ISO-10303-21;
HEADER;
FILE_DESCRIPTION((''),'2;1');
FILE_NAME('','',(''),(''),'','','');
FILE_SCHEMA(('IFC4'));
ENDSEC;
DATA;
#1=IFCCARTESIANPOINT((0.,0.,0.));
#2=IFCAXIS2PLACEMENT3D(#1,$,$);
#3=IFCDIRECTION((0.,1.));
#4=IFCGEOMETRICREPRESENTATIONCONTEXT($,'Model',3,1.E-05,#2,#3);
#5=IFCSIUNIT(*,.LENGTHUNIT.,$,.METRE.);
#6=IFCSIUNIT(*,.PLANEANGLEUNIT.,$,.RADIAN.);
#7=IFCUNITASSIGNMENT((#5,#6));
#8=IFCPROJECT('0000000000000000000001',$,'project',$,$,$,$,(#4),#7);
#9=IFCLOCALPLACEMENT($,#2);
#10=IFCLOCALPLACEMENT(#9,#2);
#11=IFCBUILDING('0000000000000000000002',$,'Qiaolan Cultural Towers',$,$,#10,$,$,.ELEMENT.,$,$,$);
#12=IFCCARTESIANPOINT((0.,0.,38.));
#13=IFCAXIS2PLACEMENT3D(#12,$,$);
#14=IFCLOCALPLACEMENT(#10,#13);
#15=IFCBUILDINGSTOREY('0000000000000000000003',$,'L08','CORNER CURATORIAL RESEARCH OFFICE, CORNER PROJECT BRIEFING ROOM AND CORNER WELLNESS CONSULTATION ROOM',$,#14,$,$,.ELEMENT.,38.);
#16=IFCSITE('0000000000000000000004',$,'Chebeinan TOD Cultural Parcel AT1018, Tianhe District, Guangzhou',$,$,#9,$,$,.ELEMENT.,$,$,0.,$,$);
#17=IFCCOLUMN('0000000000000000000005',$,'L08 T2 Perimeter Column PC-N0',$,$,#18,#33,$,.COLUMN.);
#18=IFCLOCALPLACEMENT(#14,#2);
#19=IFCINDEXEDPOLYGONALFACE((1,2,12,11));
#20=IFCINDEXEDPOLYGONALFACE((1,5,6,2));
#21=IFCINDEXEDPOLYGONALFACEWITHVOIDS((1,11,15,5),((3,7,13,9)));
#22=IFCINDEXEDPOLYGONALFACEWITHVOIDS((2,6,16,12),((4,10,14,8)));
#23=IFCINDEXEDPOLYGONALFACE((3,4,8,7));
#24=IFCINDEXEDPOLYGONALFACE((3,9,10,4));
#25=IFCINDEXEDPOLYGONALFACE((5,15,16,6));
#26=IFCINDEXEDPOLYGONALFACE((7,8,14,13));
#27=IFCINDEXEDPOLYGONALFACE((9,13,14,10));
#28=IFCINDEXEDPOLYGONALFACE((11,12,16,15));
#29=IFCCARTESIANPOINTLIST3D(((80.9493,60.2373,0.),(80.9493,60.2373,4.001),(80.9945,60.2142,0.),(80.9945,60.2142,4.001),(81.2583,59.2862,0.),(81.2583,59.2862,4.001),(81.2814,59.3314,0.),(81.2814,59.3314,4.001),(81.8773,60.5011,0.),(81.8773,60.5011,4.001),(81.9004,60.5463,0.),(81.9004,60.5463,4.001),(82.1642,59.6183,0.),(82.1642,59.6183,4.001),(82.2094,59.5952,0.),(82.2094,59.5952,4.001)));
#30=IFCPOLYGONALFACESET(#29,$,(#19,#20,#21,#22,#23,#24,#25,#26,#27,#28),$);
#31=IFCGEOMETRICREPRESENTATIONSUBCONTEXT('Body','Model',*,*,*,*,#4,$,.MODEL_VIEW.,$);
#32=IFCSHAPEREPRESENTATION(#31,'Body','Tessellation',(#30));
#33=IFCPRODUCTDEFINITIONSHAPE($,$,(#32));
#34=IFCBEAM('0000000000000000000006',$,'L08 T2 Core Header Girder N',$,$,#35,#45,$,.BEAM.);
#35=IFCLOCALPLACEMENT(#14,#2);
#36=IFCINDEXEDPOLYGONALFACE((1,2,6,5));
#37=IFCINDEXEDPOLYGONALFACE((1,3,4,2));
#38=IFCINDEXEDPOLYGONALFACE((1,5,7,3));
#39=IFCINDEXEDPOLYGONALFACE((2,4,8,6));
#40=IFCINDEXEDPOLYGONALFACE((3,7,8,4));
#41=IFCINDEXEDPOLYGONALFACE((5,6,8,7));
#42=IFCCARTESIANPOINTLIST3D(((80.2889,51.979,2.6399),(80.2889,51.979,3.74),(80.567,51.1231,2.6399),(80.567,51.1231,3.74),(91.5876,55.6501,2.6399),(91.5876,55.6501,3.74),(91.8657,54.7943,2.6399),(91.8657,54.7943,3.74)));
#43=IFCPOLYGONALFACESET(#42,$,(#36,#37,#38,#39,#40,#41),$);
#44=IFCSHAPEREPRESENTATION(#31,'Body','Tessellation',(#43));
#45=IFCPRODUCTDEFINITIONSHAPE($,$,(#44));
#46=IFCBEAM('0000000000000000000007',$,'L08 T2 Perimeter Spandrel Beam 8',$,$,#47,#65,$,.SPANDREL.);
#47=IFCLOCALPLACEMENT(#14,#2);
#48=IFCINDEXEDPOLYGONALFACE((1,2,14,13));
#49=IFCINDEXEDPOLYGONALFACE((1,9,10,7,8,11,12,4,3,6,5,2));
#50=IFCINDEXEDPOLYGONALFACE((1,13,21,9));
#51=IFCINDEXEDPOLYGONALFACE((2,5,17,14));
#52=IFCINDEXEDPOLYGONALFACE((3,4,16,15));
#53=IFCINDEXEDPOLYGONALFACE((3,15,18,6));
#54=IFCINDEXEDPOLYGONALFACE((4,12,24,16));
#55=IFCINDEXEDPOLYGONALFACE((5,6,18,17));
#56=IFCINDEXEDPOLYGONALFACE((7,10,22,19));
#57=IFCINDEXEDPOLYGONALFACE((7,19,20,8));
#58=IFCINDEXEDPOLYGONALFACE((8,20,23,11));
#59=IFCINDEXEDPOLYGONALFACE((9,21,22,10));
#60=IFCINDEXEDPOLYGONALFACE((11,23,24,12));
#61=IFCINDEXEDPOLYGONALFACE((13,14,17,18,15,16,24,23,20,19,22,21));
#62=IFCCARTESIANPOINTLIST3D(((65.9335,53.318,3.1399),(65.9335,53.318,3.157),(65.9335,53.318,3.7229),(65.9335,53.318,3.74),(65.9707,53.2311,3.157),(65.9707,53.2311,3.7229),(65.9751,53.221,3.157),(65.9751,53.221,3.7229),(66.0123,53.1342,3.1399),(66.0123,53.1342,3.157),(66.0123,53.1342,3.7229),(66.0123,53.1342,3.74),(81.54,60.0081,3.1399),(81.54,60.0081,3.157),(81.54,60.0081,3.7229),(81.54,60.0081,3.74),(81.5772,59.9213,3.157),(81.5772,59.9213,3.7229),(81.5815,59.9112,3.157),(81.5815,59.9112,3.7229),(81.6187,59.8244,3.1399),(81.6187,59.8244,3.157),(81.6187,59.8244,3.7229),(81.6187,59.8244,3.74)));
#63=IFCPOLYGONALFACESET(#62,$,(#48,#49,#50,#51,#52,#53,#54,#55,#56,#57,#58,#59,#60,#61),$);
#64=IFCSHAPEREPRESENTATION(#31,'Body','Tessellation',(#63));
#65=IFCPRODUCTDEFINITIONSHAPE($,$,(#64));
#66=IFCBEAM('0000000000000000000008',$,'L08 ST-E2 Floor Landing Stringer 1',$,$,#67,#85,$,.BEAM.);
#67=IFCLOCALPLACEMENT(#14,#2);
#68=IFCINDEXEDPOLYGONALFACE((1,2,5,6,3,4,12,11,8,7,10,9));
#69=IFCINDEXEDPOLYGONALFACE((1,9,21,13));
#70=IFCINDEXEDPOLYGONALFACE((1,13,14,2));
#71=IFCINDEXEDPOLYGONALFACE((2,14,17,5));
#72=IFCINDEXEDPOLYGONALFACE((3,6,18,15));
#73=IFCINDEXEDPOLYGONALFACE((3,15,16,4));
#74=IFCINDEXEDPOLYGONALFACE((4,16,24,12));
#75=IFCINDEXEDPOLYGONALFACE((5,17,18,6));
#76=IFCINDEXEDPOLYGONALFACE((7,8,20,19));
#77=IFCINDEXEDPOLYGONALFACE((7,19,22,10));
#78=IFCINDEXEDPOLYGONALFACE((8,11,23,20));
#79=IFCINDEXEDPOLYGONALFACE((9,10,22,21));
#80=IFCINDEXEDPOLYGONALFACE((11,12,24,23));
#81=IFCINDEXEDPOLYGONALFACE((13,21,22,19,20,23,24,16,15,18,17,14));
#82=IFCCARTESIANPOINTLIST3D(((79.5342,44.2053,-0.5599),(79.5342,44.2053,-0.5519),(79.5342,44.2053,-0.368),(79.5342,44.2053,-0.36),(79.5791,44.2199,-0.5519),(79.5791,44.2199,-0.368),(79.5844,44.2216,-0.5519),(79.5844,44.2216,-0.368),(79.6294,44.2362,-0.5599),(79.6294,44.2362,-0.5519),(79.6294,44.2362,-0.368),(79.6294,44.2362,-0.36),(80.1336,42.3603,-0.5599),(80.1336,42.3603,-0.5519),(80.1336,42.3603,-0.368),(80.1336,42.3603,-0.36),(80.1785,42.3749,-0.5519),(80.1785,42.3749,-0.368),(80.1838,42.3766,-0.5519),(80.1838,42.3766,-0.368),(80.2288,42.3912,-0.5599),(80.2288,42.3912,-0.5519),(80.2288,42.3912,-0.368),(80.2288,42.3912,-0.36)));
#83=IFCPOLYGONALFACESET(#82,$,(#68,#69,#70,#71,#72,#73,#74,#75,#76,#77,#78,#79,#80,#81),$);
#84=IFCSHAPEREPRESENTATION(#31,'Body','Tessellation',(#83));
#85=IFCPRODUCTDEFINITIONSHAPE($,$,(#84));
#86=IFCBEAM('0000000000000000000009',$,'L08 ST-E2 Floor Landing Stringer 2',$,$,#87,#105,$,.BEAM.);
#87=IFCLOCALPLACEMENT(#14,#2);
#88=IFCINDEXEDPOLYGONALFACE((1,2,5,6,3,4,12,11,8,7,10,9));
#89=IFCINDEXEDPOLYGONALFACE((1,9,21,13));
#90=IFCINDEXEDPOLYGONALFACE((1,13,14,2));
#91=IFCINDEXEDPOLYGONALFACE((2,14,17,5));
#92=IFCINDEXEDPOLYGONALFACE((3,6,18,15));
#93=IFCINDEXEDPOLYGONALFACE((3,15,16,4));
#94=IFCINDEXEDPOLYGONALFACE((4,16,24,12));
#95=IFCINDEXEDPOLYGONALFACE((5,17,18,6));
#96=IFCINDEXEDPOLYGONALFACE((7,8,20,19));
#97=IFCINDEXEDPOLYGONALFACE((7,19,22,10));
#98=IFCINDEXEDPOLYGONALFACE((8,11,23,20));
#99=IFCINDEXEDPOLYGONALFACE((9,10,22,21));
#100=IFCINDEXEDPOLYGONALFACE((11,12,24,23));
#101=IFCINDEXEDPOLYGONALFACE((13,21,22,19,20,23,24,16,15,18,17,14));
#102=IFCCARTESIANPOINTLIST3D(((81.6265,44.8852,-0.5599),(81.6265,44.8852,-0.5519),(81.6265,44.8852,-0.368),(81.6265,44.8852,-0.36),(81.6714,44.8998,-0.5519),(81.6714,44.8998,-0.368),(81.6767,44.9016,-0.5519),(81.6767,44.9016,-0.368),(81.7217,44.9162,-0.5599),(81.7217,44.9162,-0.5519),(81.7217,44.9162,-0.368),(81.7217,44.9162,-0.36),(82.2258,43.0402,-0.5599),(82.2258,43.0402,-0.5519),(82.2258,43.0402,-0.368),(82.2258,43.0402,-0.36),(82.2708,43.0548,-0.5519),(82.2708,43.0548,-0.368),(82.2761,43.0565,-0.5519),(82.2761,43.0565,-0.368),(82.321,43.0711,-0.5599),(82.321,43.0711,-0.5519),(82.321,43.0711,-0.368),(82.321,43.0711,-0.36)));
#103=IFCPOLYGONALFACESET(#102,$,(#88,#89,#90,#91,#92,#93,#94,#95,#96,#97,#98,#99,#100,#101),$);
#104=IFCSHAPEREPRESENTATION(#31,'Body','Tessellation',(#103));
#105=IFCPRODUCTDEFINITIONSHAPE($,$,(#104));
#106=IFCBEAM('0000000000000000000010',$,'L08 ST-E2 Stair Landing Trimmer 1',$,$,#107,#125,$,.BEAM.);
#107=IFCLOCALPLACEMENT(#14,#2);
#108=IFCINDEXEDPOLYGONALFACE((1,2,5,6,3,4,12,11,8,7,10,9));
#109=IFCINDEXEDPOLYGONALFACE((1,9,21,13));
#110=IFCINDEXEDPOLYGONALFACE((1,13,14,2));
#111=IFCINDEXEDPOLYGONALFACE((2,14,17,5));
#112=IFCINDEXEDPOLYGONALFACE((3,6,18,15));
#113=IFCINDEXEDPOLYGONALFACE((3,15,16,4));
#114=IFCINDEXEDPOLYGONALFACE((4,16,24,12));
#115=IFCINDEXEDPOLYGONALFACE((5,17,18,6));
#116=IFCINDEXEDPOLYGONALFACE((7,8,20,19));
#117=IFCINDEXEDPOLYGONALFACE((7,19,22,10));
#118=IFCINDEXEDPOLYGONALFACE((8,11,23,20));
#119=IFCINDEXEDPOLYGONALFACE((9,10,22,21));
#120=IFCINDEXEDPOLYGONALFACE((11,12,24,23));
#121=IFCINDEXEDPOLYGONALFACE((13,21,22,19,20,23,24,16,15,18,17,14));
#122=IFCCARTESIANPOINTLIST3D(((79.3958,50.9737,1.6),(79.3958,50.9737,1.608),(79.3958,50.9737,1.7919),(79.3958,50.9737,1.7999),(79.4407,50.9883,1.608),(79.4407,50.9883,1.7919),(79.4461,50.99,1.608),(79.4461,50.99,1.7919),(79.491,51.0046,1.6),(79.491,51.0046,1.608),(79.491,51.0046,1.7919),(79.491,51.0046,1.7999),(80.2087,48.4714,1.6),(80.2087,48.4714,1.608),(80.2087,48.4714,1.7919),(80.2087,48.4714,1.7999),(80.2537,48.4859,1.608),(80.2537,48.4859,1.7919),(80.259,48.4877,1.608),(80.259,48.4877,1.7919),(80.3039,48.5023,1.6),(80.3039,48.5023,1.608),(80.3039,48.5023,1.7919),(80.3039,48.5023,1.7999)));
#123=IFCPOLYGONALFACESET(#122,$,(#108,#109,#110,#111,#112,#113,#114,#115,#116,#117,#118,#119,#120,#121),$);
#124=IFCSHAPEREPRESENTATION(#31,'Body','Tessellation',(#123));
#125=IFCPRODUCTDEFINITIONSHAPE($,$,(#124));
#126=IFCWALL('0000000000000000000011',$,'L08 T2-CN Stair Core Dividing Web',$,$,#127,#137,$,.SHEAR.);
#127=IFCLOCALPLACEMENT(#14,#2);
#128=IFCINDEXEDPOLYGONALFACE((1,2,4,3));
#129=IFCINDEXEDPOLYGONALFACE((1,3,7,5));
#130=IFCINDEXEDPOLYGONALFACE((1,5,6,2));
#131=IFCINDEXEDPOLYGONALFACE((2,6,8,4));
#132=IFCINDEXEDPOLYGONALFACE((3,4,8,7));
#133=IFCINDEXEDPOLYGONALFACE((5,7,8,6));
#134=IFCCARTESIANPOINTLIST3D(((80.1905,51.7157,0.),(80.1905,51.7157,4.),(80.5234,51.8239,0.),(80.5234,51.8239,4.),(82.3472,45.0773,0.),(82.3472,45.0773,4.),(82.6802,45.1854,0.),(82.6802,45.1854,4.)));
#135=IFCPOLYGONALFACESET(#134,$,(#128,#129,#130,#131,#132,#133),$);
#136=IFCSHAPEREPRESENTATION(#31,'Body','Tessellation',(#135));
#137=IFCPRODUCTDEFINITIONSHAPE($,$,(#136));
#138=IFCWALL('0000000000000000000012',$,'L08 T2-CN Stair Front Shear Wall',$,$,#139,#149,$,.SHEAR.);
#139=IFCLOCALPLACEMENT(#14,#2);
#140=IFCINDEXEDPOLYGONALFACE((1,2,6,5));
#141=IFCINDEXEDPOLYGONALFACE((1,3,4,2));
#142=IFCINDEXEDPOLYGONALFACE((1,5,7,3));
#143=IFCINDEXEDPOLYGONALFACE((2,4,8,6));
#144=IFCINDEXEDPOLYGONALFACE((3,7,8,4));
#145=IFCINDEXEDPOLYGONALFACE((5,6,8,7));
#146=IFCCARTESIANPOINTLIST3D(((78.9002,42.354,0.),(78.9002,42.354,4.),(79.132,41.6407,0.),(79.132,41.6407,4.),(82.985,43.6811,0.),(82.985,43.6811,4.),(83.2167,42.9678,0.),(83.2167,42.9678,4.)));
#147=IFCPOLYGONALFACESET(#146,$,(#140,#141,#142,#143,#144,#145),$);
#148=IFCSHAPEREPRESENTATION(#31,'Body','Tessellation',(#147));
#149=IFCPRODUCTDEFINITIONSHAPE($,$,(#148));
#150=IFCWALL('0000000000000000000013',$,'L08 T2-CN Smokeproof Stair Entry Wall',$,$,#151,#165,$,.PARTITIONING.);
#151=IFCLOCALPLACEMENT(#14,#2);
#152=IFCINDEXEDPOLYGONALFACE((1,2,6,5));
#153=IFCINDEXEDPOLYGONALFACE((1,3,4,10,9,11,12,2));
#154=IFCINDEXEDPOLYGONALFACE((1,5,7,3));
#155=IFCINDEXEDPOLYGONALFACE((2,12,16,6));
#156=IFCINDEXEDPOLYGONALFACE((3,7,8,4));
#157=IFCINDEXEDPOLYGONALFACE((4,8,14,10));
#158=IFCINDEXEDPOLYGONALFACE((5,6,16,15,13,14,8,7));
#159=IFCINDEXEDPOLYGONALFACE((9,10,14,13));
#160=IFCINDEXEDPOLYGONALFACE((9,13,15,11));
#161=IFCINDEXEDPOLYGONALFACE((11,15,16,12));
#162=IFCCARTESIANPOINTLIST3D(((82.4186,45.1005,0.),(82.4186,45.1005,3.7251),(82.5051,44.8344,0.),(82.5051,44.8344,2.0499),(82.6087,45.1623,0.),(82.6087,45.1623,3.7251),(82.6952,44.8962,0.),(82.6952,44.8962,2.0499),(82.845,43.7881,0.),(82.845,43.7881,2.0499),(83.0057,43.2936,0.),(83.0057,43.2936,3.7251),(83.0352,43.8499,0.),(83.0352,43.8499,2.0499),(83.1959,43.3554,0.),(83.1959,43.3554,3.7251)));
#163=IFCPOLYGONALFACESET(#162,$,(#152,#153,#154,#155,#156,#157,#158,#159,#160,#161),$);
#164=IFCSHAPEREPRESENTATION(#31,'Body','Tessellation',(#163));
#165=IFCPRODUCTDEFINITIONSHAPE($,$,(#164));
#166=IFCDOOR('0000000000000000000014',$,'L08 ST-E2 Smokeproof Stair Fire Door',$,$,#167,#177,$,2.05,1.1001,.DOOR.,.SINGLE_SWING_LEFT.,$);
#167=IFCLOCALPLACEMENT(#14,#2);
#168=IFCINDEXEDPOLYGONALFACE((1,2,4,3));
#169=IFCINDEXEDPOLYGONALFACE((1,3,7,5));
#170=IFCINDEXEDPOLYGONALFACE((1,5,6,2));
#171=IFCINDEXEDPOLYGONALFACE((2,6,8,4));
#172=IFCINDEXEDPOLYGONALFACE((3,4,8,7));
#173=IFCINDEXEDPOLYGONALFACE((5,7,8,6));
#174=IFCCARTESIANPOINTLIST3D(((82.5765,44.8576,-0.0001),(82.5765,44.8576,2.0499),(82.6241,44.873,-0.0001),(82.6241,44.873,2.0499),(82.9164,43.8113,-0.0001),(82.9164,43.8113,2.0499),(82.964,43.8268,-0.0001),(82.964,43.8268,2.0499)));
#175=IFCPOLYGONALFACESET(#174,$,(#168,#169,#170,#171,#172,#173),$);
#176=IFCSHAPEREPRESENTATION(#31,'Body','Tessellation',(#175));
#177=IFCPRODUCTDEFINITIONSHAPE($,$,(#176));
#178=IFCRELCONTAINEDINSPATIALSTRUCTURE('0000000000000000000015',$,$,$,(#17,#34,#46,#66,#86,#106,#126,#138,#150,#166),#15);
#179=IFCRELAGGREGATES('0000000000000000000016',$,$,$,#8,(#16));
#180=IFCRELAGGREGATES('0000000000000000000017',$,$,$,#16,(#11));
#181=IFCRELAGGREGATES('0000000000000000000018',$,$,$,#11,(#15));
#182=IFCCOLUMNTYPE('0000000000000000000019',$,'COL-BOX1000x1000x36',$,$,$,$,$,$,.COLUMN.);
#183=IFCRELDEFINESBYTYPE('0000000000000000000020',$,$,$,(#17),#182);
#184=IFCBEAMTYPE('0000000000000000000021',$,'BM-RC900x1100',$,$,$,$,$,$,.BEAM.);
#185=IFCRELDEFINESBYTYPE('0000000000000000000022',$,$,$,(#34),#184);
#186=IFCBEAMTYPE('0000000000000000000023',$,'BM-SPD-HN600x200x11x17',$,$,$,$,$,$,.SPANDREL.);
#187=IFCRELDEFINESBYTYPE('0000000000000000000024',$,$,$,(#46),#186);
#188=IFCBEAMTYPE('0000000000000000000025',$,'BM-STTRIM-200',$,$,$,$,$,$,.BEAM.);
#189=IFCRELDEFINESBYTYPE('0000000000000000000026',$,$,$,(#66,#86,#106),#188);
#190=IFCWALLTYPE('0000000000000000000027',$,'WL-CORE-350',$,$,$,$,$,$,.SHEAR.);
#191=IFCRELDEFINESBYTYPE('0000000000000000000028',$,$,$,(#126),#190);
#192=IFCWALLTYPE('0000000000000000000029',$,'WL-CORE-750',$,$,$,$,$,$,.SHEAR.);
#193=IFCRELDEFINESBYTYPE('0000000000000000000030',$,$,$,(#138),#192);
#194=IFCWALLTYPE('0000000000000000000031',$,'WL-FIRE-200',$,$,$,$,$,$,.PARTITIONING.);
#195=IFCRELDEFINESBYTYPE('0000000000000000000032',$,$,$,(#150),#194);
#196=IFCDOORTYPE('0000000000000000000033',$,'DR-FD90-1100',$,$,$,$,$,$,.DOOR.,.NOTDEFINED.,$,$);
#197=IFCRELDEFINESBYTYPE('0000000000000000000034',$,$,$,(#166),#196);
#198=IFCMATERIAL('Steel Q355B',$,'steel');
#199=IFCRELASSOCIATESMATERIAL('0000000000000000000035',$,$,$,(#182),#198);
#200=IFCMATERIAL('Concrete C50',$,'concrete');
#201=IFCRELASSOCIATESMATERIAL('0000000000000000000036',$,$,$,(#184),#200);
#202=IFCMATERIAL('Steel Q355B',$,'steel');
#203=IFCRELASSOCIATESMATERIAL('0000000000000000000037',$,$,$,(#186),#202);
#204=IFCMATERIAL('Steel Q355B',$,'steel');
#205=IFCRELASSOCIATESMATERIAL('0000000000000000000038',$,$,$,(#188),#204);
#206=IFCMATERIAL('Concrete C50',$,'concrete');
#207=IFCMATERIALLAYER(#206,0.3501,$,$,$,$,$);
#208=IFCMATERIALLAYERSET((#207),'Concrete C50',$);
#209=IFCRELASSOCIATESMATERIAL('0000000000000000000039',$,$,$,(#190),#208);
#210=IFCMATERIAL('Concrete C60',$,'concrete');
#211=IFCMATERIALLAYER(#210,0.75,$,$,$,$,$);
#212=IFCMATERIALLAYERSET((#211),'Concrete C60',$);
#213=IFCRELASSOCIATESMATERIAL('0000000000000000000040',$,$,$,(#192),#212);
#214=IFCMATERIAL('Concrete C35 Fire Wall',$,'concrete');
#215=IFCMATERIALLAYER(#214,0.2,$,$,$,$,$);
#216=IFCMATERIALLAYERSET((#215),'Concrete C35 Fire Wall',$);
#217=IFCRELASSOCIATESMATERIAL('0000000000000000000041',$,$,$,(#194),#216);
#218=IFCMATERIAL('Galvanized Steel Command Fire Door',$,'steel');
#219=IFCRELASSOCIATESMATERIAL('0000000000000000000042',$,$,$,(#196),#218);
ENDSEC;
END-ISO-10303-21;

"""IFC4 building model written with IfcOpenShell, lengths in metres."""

from ifc_helpers import new_model, si_unit, direction, frame, frame_2d, origin, origin_2d, place, context, subcontext, project, spatial, rectangle, hollow_rectangle, i_section, extrude, material, layer, layer_set, material_profile, profile_set, type_object, element, fill, save


model = new_model("IFC4")

# Units and contexts
model_context = context("Model", 3, precision=1e-05, world=origin(), true_north=direction((0.0, 1.0)))
body_context = subcontext(model_context, "Body", "Model", "MODEL_VIEW")
ifc_project = project(units=[si_unit("LENGTHUNIT", "METRE"), si_unit("PLANEANGLEUNIT", "RADIAN")], contexts=[model_context])

# Site, building, storey
site_placement = place(None, origin())
site = spatial("IfcSite", under=ifc_project, at=site_placement, Name="Chebeinan TOD Cultural Parcel AT1018, Tianhe District, Guangzhou", CompositionType="ELEMENT", RefElevation=0.0)
building_placement = place(site_placement, origin())
building = spatial("IfcBuilding", under=site, at=building_placement, Name="Qiaolan Cultural Towers", CompositionType="ELEMENT")
storey_placement = place(building_placement, frame((0.0, 0.0, 38.0)))
storey = spatial("IfcBuildingStorey", under=building, at=storey_placement, Name="L08", Description="CORNER CURATORIAL RESEARCH OFFICE, CORNER PROJECT BRIEFING ROOM AND CORNER WELLNESS CONSULTATION ROOM", CompositionType="ELEMENT", Elevation=38.0)

# Column
ifc_material_1 = material(Name="Steel Q355B", Category="steel")
ifc_material_profile_1 = material_profile(ifc_material_1, hollow_rectangle(XDim=1.0, YDim=1.0, WallThickness=0.0359, at=origin_2d()), Name="BOX1000x1000x36")
ifc_profile_set_1 = profile_set([ifc_material_profile_1], Name="Steel Q355B")
column_type = type_object("IfcColumnType", Name="COL-BOX1000x1000x36", PredefinedType="COLUMN", material=ifc_profile_set_1)
column_placement = place(storey_placement, frame((81.5793, 59.9163, 0.0), z_axis=(0.0, 0.0, 1.0), x_axis=(0.951057, 0.309017, 0.0)))
element("IfcColumn", 1, at=column_placement, inside=storey, type_object=column_type, Name="L08 T2 Perimeter Column PC-N0", PredefinedType="COLUMN", context=body_context, shape_type="SweptSolid", body=[
    extrude(hollow_rectangle(XDim=1.0, YDim=1.0, WallThickness=0.0359, at=origin_2d()), origin(), (0.0, 0.0, 1.0), 4.001),
])

# Beams
ifc_material_2 = material(Name="Concrete C50", Category="concrete")
ifc_material_profile_2 = material_profile(ifc_material_2, rectangle(XDim=0.8999, YDim=1.1001, at=origin_2d()), Name="RC900x1100")
ifc_profile_set_2 = profile_set([ifc_material_profile_2], Name="Concrete C50")
beam_type_1 = type_object("IfcBeamType", Name="BM-RC900x1100", PredefinedType="BEAM", material=ifc_profile_set_2)
beam_1_placement = place(storey_placement, frame((80.428, 51.551, 3.1899), z_axis=(0.951056, 0.309018, 0.0), x_axis=(-0.309018, 0.951056, 0.0)))
element("IfcBeam", 2, at=beam_1_placement, inside=storey, type_object=beam_type_1, Name="L08 T2 Core Header Girder N", PredefinedType="BEAM", context=body_context, shape_type="SweptSolid", body=[
    extrude(rectangle(XDim=0.8999, YDim=1.1001, at=origin_2d()), origin(), (0.0, 0.0, 1.0), 11.8801),
])
ifc_material_3 = material(Name="Steel Q355B", Category="steel")
ifc_material_profile_3 = material_profile(ifc_material_3, i_section(OverallWidth=0.2, OverallDepth=0.6001, WebThickness=0.011, FlangeThickness=0.0171, at=origin_2d()), Name="HN600x200x11x17")
ifc_profile_set_3 = profile_set([ifc_material_profile_3], Name="Steel Q355B")
beam_type_2 = type_object("IfcBeamType", Name="BM-SPD-HN600x200x11x17", PredefinedType="SPANDREL", material=ifc_profile_set_3)
beam_2_placement = place(storey_placement, frame((81.5793, 59.9163, 3.4399), z_axis=(-0.919109, -0.394004, 0.0), x_axis=(0.394004, -0.919109, 0.0)))
element("IfcBeam", 3, at=beam_2_placement, inside=storey, type_object=beam_type_2, Name="L08 T2 Perimeter Spandrel Beam 8", PredefinedType="SPANDREL", context=body_context, shape_type="SweptSolid", body=[
    extrude(i_section(OverallWidth=0.2, OverallDepth=0.6001, WebThickness=0.011, FlangeThickness=0.0171, at=origin_2d()), origin(), (0.0, 0.0, 1.0), 16.98),
])
ifc_material_4 = material(Name="Steel Q355B", Category="steel")
ifc_material_profile_4 = material_profile(ifc_material_4, i_section(OverallWidth=0.1001, OverallDepth=0.2, WebThickness=0.0056, FlangeThickness=0.0081, at=origin_2d()), Name="HN200x100x5.5x8")
ifc_profile_set_4 = profile_set([ifc_material_profile_4], Name="Steel Q355B")
beam_type_3 = type_object("IfcBeamType", Name="BM-STTRIM-200", PredefinedType="BEAM", material=ifc_profile_set_4)
for number, where, z_axis, x_axis, name in (
    (4, (80.1812, 42.3757, -0.46), (-0.308969, 0.951072, 0.0), (-0.951072, -0.308969, 0.0), "L08 ST-E2 Floor Landing Stringer 1"),
    (5, (82.2734, 43.0557, -0.46), (-0.308969, 0.951072, 0.0), (-0.951072, -0.308969, 0.0), "L08 ST-E2 Floor Landing Stringer 2"),
):
    element("IfcBeam", number, at=place(storey_placement, frame(where, z_axis=z_axis, x_axis=x_axis)), inside=storey, type_object=beam_type_3, Name=name, PredefinedType="BEAM", context=body_context, shape_type="SweptSolid", body=[
        extrude(i_section(OverallWidth=0.1001, OverallDepth=0.2, WebThickness=0.0056, FlangeThickness=0.0081, at=origin_2d()), origin(), (0.0, 0.0, 1.0), 1.9399),
    ])
beam_3_placement = place(storey_placement, frame((80.2563, 48.4868, 1.7), z_axis=(-0.308981, 0.951068, 0.0), x_axis=(-0.951068, -0.308981, 0.0)))
element("IfcBeam", 6, at=beam_3_placement, inside=storey, type_object=beam_type_3, Name="L08 ST-E2 Stair Landing Trimmer 1", PredefinedType="BEAM", context=body_context, shape_type="SweptSolid", body=[
    extrude(i_section(OverallWidth=0.1001, OverallDepth=0.2, WebThickness=0.0056, FlangeThickness=0.0081, at=origin_2d()), origin(), (0.0, 0.0, 1.0), 2.6311),
])

# Walls
ifc_material_5 = material(Name="Concrete C50", Category="concrete")
ifc_layer_1 = layer(ifc_material_5, 0.3501)
ifc_layer_set_1 = layer_set([ifc_layer_1], Name="Concrete C50")
wall_type_1 = type_object("IfcWallType", Name="WL-CORE-350", PredefinedType="SHEAR", material=ifc_layer_set_1)
wall_1_placement = place(storey_placement, frame((82.5137, 45.1313, 0.0), z_axis=(0.0, 0.0, 1.0), x_axis=(-0.308989, 0.951066, 0.0)))
element("IfcWall", 7, at=wall_1_placement, inside=storey, type_object=wall_type_1, Name="L08 T2-CN Stair Core Dividing Web", PredefinedType="SHEAR", context=body_context, shape_type="SweptSolid", body=[
    extrude(rectangle(XDim=6.98, YDim=0.3501, at=frame_2d((3.49, 0.0))), origin(), (0.0, 0.0, 1.0), 4.0),
])
ifc_material_6 = material(Name="Concrete C60", Category="concrete")
ifc_layer_2 = layer(ifc_material_6, 0.75)
ifc_layer_set_2 = layer_set([ifc_layer_2], Name="Concrete C60")
wall_type_2 = type_object("IfcWallType", Name="WL-CORE-750", PredefinedType="SHEAR", material=ifc_layer_set_2)
wall_2_placement = place(storey_placement, frame((79.0161, 41.9973, 0.0), z_axis=(0.0, 0.0, 1.0), x_axis=(0.95106, 0.309005, 0.0)))
element("IfcWall", 8, at=wall_2_placement, inside=storey, type_object=wall_type_2, Name="L08 T2-CN Stair Front Shear Wall", PredefinedType="SHEAR", context=body_context, shape_type="SweptSolid", body=[
    extrude(rectangle(XDim=4.2949, YDim=0.75, at=frame_2d((2.1475, 0.0))), origin(), (0.0, 0.0, 1.0), 4.0),
])

# Wall, opening, door
ifc_material_7 = material(Name="Concrete C35 Fire Wall", Category="concrete")
ifc_layer_3 = layer(ifc_material_7, 0.2)
ifc_layer_set_3 = layer_set([ifc_layer_3], Name="Concrete C35 Fire Wall")
wall_type_3 = type_object("IfcWallType", Name="WL-FIRE-200", PredefinedType="PARTITIONING", material=ifc_layer_set_3)
wall_3_placement = place(storey_placement, frame((83.1008, 43.3245, 0.0), z_axis=(0.0, 0.0, 1.0), x_axis=(-0.309048, 0.951046, 0.0)))
wall_3 = element("IfcWall", 9, at=wall_3_placement, inside=storey, type_object=wall_type_3, Name="L08 T2-CN Smokeproof Stair Entry Wall", PredefinedType="PARTITIONING", context=body_context, shape_type="SweptSolid", body=[
    extrude(rectangle(XDim=1.8999, YDim=0.2, at=frame_2d((0.95, 0.0))), origin(), (0.0, 0.0, 1.0), 3.7251),
])
opening_1_placement = place(wall_3_placement, frame((0.52, 0.0, 0.0)))
opening_1 = element("IfcOpeningElement", 10, at=opening_1_placement, cuts=wall_3, PredefinedType="OPENING", context=body_context, shape_type="SweptSolid", body=[
    extrude(rectangle(XDim=1.1001, YDim=2.05, at=frame_2d((0.55, 1.0249))), frame((0.0, 0.1099, 0.0), z_axis=(0.0, -1.0, 0.0), x_axis=(1.0, 0.0, 0.0)), (0.0, 0.0, 1.0), 0.22),
])
ifc_material_8 = material(Name="Galvanized Steel Command Fire Door", Category="steel")
door_type_1 = type_object("IfcDoorType", Name="DR-FD90-1100", OperationType="NOTDEFINED", PredefinedType="DOOR", material=ifc_material_8)
door_1_placement = place(opening_1_placement, origin())
door_1 = element("IfcDoor", 11, at=door_1_placement, inside=storey, type_object=door_type_1, Name="L08 ST-E2 Smokeproof Stair Fire Door", OperationType="SINGLE_SWING_LEFT", OverallHeight=2.05, OverallWidth=1.1001, PredefinedType="DOOR", context=body_context, shape_type="SweptSolid", body=[
    extrude(rectangle(XDim=1.1001, YDim=2.05, at=frame_2d((0.55, 1.0249))), frame((0.0, 0.0249, 0.0), z_axis=(0.0, -1.0, 0.0), x_axis=(1.0, 0.0, 0.0)), (0.0, 0.0, 1.0), 0.05),
])
fill(opening_1, door_1)

save(model, "model.ifc")
